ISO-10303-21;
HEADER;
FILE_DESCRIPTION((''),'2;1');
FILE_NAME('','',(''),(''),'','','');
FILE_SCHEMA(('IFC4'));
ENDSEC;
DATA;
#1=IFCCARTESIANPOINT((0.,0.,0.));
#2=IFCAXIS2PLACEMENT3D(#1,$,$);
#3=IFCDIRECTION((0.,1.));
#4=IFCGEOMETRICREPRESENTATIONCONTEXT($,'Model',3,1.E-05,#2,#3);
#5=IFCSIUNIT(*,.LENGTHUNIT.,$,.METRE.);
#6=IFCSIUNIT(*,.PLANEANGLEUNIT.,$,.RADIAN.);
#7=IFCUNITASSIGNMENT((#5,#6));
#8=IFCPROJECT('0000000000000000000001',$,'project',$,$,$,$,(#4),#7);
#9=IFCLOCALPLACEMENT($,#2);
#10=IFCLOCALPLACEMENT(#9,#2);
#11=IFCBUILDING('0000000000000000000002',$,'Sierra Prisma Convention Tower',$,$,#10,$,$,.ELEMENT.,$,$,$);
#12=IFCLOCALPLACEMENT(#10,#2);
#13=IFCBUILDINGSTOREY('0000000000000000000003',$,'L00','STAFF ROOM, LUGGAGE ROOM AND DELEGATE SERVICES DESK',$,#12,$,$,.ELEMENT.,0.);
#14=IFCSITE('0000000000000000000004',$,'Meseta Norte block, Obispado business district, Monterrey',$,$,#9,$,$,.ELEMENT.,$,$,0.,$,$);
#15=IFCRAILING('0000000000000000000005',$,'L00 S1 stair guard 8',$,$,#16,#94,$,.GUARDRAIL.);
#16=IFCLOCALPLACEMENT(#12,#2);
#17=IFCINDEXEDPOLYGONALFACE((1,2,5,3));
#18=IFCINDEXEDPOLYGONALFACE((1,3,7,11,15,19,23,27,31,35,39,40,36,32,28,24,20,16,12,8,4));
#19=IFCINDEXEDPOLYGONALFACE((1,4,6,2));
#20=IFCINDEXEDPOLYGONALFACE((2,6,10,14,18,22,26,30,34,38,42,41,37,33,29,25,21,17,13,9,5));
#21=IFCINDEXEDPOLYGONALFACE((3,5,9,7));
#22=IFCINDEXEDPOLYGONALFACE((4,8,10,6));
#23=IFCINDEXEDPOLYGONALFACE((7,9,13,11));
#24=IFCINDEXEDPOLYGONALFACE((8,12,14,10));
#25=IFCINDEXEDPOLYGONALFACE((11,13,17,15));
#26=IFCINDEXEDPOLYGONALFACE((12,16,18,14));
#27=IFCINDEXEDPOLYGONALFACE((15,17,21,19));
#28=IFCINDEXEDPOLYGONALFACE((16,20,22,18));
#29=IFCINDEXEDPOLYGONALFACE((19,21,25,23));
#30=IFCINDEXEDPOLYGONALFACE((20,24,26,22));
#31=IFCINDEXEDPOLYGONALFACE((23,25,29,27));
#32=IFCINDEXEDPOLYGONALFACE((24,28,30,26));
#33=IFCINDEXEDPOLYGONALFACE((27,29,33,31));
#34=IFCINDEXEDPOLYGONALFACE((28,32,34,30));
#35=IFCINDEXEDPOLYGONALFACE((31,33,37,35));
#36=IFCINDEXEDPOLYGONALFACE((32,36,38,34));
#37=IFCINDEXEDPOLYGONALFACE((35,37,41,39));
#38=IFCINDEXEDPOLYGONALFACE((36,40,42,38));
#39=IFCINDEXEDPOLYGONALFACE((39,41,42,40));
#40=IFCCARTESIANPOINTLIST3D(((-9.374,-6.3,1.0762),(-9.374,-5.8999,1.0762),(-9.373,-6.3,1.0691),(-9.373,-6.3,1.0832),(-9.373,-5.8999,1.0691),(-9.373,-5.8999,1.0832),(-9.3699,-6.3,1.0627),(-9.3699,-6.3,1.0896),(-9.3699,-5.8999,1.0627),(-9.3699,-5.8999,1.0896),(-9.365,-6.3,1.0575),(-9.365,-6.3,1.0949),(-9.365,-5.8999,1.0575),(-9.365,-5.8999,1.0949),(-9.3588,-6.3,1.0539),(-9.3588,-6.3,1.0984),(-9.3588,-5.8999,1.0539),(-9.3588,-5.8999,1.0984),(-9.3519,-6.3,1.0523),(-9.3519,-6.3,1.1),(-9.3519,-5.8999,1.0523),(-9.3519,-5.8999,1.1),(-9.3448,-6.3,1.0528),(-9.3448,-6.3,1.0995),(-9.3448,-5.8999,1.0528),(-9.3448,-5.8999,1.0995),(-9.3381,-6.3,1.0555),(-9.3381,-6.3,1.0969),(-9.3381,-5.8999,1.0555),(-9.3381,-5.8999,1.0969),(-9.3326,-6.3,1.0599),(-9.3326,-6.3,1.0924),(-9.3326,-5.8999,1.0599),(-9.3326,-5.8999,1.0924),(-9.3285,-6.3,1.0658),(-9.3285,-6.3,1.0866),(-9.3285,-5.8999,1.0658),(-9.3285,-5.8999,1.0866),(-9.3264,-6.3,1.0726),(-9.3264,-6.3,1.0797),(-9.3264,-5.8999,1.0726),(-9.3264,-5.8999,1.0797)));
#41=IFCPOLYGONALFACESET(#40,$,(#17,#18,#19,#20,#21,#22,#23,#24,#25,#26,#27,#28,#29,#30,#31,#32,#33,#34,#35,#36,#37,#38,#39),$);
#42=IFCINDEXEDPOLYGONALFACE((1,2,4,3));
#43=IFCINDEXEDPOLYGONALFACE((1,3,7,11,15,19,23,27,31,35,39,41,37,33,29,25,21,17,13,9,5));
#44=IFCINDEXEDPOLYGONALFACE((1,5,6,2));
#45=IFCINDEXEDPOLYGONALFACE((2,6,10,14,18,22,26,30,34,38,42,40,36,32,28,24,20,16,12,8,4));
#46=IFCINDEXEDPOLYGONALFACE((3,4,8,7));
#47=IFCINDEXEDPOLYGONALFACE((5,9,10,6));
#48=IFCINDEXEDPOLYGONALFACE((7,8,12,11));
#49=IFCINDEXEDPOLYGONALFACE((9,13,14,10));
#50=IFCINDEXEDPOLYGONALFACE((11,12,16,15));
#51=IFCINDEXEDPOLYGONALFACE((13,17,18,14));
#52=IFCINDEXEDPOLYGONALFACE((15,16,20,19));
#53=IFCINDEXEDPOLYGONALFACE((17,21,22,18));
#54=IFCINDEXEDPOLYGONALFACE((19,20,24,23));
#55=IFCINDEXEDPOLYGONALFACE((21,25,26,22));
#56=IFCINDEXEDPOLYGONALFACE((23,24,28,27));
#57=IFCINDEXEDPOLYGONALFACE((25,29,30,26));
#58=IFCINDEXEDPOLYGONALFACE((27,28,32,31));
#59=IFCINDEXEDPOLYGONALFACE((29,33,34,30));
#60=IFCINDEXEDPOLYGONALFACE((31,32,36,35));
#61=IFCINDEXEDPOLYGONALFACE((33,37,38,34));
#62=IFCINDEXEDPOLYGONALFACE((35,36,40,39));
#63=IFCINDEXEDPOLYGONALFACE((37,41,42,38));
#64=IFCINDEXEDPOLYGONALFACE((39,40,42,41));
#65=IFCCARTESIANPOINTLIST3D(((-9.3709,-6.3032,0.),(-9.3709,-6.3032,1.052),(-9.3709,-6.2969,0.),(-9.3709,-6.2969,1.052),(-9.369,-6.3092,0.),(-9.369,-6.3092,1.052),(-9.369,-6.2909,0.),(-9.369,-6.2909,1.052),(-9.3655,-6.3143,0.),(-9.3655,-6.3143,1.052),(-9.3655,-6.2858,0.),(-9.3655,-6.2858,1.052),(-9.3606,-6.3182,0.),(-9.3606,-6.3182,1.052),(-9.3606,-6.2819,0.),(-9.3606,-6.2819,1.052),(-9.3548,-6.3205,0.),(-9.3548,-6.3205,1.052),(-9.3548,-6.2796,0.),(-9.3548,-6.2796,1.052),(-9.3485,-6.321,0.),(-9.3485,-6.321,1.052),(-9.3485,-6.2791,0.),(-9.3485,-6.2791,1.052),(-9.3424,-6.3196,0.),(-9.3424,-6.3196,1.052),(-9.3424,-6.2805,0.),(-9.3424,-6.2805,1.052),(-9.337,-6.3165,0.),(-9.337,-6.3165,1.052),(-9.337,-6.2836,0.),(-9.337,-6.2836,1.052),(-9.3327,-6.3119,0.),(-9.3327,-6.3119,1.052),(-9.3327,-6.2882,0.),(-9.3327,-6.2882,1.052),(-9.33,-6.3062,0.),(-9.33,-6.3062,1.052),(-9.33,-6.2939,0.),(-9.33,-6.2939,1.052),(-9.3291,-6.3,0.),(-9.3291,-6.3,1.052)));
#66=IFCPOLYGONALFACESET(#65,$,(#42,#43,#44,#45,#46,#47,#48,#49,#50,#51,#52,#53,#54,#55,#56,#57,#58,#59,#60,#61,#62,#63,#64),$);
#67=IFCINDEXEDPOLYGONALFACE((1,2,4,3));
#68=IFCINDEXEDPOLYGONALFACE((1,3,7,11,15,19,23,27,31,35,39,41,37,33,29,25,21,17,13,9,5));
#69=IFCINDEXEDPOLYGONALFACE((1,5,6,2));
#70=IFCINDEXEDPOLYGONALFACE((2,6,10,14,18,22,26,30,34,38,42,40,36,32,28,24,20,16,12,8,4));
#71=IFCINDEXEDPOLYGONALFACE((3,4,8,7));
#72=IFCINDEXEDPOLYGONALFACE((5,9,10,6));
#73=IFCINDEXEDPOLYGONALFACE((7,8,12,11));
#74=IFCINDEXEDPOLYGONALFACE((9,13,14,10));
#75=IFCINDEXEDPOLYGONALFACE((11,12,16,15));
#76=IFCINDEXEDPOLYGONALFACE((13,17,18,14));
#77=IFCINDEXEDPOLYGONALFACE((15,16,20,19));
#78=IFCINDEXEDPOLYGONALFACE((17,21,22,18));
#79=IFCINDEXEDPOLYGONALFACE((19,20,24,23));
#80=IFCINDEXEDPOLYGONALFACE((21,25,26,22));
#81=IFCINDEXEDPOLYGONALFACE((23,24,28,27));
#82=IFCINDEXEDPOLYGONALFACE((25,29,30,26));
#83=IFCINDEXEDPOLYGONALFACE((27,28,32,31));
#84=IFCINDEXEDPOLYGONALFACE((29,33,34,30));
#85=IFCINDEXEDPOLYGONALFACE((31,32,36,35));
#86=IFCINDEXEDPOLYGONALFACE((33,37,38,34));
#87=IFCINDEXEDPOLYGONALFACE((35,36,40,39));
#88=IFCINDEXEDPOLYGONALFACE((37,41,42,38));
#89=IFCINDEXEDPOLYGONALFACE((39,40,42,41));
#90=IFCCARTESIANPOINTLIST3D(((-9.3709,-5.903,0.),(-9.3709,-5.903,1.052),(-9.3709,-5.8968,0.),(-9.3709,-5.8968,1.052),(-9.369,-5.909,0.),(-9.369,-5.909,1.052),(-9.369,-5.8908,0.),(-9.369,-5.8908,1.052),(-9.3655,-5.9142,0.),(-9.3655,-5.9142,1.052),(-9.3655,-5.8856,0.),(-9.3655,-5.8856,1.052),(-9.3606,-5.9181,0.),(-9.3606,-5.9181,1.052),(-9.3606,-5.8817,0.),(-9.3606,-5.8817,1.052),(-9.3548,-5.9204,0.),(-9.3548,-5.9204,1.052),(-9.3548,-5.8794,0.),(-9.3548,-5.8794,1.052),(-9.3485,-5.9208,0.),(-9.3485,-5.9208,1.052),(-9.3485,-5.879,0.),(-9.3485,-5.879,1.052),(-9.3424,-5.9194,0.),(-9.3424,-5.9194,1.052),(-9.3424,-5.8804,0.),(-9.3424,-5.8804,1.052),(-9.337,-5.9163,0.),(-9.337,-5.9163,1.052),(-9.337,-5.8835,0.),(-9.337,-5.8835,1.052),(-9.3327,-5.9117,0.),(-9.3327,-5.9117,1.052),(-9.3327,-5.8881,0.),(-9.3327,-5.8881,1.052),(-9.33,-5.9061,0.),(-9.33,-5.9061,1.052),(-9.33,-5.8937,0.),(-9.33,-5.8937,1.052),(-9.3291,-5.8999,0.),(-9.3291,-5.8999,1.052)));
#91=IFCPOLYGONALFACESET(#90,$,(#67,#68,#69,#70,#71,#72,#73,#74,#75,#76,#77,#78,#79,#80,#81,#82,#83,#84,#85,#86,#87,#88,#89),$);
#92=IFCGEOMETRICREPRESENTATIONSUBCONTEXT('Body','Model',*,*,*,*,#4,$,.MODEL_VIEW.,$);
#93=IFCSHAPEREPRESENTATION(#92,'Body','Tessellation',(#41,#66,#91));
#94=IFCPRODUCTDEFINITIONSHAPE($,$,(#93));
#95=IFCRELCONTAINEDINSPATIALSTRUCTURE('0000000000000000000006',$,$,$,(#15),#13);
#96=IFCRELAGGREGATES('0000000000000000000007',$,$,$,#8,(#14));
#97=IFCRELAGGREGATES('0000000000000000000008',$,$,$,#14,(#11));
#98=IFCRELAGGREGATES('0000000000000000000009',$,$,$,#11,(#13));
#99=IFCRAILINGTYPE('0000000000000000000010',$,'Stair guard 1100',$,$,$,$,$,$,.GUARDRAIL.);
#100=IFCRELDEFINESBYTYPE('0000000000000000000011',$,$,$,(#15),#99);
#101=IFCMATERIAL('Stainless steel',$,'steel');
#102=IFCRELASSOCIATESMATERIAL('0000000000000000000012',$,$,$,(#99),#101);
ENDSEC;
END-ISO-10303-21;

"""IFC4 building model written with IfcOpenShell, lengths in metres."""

from ifc_helpers import new_model, si_unit, direction, frame, origin, origin_2d, place, context, subcontext, project, spatial, circle, extrude, material, type_object, element, save


model = new_model("IFC4")

# Units and contexts
model_context = context("Model", 3, precision=1e-05, world=origin(), true_north=direction((0.0, 1.0)))
body_context = subcontext(model_context, "Body", "Model", "MODEL_VIEW")
ifc_project = project(units=[si_unit("LENGTHUNIT", "METRE"), si_unit("PLANEANGLEUNIT", "RADIAN")], contexts=[model_context])

# Site, building, storey
site_placement = place(None, origin())
site = spatial("IfcSite", under=ifc_project, at=site_placement, Name="Meseta Norte block, Obispado business district, Monterrey", CompositionType="ELEMENT", RefElevation=0.0)
building_placement = place(site_placement, origin())
building = spatial("IfcBuilding", under=site, at=building_placement, Name="Sierra Prisma Convention Tower", CompositionType="ELEMENT")
storey_placement = place(building_placement, origin())
storey = spatial("IfcBuildingStorey", under=building, at=storey_placement, Name="L00", Description="STAFF ROOM, LUGGAGE ROOM AND DELEGATE SERVICES DESK", CompositionType="ELEMENT", Elevation=0.0)

# Railing
ifc_material_1 = material(Name="Stainless steel", Category="steel")
railing_type_1 = type_object("IfcRailingType", Name="Stair guard 1100", PredefinedType="GUARDRAIL", material=ifc_material_1)
railing_1_placement = place(storey_placement, frame((-9.3501, -6.3, 0.0)))
element("IfcRailing", 1, at=railing_1_placement, inside=storey, type_object=railing_type_1, Name="L00 S1 stair guard 8", PredefinedType="GUARDRAIL", context=body_context, shape_type="SweptSolid", body=[
    extrude(circle(Radius=0.0239, at=origin_2d()), frame((0.0, 0.0, 1.0762), z_axis=(0.0, 1.0, 0.0), x_axis=(-1.0, 0.0, 0.0)), (0.0, 0.0, 1.0), 0.4001),
    extrude(circle(Radius=0.021, at=origin_2d()), origin(), (0.0, 0.0, 1.0), 1.052),
    extrude(circle(Radius=0.021, at=origin_2d()), frame((0.0, 0.4001, 0.0)), (0.0, 0.0, 1.0), 1.052),
])

save(model, "model.ifc")
